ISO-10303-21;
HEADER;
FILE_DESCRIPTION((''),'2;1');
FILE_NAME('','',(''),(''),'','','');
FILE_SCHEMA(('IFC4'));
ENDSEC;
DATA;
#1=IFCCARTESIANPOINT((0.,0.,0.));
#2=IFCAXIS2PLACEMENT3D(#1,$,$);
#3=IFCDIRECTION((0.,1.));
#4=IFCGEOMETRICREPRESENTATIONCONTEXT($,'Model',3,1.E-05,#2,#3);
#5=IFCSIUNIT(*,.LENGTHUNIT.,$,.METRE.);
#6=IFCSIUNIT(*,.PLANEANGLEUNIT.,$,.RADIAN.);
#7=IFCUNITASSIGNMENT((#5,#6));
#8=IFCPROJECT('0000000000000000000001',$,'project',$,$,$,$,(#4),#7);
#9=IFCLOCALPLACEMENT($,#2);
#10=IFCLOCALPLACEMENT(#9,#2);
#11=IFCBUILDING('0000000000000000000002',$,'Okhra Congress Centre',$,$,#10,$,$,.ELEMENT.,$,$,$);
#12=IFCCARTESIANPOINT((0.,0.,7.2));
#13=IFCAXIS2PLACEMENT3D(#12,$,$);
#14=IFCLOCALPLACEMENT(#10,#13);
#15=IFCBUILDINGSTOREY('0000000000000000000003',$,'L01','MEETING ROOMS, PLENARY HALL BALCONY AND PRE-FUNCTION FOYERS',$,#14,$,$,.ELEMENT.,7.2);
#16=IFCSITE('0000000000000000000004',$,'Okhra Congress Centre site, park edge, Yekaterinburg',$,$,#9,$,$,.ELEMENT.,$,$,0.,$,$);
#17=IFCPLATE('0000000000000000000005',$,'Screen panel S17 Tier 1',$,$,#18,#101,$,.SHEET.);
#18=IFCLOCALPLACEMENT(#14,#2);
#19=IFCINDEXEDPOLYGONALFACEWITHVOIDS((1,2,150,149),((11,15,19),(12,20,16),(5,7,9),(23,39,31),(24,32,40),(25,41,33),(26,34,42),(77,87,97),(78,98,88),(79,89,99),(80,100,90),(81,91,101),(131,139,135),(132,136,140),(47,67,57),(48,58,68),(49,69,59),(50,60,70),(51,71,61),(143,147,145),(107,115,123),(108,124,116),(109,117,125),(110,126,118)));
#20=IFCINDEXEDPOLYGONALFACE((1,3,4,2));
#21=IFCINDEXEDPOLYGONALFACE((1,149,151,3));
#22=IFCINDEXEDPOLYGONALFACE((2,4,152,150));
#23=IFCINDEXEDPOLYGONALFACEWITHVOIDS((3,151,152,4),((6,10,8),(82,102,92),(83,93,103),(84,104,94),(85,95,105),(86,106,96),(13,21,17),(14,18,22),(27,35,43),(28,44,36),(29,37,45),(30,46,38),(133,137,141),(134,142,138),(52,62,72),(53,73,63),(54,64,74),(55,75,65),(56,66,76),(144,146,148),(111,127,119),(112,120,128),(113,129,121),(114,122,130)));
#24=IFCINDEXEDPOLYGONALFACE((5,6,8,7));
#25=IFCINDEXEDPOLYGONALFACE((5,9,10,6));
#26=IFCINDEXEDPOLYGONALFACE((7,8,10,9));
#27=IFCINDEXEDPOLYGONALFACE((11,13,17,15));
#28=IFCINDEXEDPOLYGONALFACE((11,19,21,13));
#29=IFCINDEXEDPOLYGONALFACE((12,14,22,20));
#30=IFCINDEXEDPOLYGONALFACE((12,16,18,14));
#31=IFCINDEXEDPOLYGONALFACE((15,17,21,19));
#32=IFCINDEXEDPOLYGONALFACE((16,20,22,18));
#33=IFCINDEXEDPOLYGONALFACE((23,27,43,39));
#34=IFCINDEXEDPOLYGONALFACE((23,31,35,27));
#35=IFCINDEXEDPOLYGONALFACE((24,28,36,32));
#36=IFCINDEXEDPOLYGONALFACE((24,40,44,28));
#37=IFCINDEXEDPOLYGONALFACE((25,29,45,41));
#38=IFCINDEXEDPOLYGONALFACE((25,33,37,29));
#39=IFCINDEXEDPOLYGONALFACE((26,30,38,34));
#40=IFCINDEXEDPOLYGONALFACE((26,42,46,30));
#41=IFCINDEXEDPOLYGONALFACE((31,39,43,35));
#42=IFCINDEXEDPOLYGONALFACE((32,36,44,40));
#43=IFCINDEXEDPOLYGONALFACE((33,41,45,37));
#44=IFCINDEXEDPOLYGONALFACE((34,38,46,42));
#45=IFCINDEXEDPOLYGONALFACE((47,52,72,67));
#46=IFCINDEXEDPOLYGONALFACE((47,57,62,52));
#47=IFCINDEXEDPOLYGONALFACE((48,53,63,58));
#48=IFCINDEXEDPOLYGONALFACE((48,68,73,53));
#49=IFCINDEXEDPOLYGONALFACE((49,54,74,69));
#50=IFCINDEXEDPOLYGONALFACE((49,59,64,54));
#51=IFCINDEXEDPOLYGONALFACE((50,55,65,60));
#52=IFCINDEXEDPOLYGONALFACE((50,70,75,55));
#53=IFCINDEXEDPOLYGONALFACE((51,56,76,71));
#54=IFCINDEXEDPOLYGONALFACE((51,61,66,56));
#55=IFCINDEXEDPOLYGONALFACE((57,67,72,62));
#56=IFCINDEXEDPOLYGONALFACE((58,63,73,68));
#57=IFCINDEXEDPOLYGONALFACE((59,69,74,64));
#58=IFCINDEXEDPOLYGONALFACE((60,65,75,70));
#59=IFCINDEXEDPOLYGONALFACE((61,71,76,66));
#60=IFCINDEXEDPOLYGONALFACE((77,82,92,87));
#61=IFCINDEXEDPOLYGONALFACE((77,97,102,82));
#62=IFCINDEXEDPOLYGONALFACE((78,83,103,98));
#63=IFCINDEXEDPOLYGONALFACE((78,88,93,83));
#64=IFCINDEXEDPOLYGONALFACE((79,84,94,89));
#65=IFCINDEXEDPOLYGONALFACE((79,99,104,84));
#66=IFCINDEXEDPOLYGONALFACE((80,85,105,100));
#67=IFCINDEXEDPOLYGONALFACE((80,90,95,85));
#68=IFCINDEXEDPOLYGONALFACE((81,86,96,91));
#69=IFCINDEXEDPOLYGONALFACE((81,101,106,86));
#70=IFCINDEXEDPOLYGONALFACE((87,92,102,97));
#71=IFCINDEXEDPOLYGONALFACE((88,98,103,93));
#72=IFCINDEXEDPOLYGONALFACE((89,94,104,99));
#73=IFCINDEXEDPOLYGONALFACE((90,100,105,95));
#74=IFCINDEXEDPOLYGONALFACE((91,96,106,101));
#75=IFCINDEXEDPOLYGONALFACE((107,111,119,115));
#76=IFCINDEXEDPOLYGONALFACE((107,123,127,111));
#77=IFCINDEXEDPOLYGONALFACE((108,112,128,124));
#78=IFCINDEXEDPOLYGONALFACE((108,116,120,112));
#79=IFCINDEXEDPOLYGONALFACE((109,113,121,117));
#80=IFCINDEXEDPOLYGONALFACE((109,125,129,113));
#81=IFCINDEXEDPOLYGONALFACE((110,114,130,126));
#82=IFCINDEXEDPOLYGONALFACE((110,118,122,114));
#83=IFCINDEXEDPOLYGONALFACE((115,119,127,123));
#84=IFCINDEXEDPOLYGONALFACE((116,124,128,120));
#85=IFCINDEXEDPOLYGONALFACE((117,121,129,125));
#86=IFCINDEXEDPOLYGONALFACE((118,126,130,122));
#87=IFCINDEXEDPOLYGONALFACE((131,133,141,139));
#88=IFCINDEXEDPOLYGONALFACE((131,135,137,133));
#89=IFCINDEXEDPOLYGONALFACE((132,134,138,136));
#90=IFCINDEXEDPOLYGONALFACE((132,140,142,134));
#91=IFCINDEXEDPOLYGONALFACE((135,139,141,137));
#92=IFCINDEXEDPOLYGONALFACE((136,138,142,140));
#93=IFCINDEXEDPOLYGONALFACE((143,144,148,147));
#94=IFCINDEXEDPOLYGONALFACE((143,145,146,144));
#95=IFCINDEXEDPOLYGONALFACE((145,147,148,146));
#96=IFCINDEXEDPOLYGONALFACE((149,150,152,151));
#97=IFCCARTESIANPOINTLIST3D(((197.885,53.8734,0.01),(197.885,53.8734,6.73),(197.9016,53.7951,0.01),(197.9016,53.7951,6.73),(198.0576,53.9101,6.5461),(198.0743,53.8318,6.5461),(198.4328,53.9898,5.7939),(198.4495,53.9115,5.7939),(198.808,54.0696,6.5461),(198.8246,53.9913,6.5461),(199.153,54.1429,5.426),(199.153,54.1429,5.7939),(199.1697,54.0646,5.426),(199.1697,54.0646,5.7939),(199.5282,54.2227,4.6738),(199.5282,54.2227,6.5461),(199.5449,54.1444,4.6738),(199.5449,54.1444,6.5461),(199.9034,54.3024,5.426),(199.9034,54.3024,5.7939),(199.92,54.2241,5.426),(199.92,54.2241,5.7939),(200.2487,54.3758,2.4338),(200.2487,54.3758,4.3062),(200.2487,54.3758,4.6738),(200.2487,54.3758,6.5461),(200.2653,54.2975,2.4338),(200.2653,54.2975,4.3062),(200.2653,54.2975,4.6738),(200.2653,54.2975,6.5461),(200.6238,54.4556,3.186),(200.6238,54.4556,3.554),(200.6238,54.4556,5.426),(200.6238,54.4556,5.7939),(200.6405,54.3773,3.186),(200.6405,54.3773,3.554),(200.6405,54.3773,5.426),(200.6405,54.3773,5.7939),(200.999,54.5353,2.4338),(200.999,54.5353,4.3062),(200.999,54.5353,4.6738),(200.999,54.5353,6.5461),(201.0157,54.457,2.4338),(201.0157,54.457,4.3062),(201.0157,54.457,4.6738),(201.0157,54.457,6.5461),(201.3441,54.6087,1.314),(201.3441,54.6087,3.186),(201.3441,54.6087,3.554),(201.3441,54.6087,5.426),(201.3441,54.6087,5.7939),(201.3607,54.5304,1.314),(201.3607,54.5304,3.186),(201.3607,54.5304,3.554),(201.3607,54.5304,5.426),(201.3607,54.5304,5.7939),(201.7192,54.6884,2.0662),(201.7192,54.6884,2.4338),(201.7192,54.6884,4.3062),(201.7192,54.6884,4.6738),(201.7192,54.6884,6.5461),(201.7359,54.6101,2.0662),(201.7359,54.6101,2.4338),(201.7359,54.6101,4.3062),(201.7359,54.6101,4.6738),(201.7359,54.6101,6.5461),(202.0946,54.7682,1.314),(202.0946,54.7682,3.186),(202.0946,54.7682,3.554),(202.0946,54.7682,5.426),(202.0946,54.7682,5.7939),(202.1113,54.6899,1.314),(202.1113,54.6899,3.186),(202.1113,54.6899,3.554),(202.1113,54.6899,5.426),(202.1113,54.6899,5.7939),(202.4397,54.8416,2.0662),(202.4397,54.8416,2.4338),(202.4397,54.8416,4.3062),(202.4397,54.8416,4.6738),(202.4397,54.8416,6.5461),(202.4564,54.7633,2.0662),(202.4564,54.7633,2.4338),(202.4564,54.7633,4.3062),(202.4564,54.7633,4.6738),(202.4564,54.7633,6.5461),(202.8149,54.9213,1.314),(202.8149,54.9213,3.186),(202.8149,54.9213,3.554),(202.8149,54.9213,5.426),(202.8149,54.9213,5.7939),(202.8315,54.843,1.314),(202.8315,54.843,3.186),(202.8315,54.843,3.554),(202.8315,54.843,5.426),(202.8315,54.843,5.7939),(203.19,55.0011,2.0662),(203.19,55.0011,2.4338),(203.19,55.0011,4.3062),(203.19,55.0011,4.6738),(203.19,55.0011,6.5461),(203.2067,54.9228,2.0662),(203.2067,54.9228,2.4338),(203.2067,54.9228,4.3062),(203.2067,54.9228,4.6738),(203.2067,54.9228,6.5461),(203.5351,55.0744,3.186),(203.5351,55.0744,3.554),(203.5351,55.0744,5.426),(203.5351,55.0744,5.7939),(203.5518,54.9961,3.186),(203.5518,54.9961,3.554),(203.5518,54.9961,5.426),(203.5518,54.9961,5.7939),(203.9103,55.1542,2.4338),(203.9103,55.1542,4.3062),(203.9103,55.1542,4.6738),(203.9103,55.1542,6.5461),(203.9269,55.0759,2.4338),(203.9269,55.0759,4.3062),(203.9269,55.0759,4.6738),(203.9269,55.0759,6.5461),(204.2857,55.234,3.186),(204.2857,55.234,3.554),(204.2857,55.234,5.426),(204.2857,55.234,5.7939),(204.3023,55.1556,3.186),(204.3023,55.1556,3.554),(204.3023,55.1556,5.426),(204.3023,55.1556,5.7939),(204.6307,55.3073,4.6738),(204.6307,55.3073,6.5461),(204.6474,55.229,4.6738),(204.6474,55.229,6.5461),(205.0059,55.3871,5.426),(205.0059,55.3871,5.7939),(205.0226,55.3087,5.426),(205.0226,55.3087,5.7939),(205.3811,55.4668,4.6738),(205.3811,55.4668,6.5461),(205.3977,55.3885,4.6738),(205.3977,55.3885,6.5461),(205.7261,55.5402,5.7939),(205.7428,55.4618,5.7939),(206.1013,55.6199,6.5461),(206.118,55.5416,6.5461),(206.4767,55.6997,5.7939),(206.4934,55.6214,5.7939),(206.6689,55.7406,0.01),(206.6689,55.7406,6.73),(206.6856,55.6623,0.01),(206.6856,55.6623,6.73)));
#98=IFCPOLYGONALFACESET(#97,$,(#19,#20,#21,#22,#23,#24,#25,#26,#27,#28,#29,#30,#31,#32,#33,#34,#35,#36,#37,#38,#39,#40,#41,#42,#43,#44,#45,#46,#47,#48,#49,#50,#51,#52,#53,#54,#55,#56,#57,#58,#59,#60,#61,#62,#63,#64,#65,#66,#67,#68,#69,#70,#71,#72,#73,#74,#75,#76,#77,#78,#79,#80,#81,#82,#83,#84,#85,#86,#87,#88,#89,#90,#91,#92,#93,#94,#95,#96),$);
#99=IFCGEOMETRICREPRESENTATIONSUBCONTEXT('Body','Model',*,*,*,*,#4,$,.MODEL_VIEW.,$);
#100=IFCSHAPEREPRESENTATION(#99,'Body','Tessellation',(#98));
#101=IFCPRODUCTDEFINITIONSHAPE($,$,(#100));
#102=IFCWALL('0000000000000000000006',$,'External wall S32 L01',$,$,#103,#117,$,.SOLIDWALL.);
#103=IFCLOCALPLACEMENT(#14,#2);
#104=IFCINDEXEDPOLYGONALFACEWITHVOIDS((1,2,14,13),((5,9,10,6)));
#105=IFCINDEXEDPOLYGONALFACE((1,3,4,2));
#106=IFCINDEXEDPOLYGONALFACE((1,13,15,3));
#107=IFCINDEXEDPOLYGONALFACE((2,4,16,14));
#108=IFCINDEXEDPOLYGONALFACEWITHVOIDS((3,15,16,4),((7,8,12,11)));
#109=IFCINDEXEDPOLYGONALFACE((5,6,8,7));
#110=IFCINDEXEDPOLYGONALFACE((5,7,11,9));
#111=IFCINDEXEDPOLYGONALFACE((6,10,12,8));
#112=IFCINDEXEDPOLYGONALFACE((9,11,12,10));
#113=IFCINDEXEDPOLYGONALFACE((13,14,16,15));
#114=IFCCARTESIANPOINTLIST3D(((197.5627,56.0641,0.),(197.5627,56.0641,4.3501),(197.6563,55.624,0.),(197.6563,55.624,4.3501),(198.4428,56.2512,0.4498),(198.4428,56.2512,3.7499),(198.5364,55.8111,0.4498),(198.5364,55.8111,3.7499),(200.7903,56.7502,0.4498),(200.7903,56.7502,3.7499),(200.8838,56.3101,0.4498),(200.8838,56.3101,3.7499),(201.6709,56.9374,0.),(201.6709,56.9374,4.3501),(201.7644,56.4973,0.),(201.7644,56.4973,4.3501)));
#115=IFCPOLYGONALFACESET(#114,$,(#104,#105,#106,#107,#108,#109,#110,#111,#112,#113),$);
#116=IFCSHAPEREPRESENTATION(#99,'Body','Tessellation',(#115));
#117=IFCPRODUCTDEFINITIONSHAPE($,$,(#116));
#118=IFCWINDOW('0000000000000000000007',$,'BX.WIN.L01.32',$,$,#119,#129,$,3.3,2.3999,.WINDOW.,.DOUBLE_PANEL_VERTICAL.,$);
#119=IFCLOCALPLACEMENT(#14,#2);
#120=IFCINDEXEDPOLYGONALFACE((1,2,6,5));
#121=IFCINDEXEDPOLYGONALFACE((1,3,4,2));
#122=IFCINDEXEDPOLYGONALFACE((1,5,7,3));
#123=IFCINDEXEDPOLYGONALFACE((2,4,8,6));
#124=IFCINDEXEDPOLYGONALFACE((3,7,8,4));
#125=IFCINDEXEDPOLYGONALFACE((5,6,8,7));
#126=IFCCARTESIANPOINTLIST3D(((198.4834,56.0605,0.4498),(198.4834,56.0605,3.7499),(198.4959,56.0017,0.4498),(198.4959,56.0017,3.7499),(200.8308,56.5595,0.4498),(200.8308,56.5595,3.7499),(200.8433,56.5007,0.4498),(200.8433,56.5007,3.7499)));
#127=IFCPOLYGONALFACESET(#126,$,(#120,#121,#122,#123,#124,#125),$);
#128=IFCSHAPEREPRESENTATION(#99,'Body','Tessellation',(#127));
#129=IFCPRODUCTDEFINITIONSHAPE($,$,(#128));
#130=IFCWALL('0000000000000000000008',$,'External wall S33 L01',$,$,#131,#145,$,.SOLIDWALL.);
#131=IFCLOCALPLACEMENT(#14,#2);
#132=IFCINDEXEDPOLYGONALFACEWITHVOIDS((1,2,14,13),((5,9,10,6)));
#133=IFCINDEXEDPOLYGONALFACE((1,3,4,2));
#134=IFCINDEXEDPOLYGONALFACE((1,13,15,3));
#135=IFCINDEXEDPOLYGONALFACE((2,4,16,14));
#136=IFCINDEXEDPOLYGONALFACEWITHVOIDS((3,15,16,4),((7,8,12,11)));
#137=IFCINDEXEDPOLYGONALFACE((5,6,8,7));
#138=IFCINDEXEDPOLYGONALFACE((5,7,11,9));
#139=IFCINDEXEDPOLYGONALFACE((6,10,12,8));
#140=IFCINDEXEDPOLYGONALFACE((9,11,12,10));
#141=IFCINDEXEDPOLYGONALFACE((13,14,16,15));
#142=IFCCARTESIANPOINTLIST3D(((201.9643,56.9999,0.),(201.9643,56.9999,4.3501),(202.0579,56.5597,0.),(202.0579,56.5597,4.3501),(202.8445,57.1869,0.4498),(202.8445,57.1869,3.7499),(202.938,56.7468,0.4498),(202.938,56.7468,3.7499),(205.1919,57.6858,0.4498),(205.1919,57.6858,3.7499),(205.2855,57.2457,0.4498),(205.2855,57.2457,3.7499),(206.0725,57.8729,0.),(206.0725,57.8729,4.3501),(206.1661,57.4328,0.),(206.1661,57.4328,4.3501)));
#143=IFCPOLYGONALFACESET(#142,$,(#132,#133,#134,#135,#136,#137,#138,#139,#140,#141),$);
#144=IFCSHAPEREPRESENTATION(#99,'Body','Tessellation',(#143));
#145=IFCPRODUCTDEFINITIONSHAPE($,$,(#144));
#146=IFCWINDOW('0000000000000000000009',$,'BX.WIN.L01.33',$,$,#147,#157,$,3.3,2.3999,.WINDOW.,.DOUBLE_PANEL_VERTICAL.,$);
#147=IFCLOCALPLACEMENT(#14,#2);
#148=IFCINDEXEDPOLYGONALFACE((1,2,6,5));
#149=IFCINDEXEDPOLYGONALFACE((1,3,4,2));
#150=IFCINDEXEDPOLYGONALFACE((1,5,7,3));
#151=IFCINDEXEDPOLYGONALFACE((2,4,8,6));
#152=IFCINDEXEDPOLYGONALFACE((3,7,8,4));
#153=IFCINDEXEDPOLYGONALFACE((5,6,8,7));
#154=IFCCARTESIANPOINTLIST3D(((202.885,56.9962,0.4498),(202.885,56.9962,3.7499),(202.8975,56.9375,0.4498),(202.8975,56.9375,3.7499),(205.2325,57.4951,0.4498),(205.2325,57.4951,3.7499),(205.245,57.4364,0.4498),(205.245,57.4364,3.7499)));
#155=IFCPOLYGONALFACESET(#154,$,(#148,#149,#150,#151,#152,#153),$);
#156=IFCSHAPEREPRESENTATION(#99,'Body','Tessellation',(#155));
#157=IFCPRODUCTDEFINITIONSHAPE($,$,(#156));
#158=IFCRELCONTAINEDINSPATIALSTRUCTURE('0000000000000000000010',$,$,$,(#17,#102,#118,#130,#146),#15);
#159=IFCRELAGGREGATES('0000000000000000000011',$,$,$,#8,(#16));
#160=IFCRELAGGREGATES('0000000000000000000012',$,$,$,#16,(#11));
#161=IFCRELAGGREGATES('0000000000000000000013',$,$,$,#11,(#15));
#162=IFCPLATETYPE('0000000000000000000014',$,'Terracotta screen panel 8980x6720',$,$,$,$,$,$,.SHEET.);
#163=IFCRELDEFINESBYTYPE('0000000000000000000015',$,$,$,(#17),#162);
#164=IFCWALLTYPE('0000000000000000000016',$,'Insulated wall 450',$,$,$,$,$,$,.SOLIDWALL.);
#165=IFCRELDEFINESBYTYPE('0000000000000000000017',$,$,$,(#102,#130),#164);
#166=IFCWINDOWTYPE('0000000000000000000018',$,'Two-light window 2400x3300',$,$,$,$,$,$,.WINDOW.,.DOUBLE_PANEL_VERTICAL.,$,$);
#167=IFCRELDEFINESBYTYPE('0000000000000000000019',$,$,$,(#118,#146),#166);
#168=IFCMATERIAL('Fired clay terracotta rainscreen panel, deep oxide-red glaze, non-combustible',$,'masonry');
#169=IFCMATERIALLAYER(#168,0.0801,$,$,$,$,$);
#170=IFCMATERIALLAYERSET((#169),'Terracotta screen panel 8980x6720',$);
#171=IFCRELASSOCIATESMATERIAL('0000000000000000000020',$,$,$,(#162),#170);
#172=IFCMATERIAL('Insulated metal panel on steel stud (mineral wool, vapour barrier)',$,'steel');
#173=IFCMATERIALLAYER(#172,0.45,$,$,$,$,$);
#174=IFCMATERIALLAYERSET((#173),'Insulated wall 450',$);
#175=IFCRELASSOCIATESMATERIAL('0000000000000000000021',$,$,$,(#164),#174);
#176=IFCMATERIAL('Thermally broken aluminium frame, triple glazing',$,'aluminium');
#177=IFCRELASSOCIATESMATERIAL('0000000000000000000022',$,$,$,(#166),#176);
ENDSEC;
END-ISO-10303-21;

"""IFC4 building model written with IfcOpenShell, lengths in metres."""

from ifc_helpers import new_model, si_unit, direction, frame, frame_2d, origin, place, context, subcontext, project, spatial, polyline, rectangle, outline, extrude, material, layer, layer_set, type_object, element, fill, save


model = new_model("IFC4")

# Units and contexts
model_context = context("Model", 3, precision=1e-05, world=origin(), true_north=direction((0.0, 1.0)))
body_context = subcontext(model_context, "Body", "Model", "MODEL_VIEW")
ifc_project = project(units=[si_unit("LENGTHUNIT", "METRE"), si_unit("PLANEANGLEUNIT", "RADIAN")], contexts=[model_context])

# Site, building, storey
site_placement = place(None, origin())
site = spatial("IfcSite", under=ifc_project, at=site_placement, Name="Okhra Congress Centre site, park edge, Yekaterinburg", CompositionType="ELEMENT", RefElevation=0.0)
building_placement = place(site_placement, origin())
building = spatial("IfcBuilding", under=site, at=building_placement, Name="Okhra Congress Centre", CompositionType="ELEMENT")
storey_placement = place(building_placement, frame((0.0, 0.0, 7.2)))
storey = spatial("IfcBuildingStorey", under=building, at=storey_placement, Name="L01", Description="MEETING ROOMS, PLENARY HALL BALCONY AND PRE-FUNCTION FOYERS", CompositionType="ELEMENT", Elevation=7.2)

# Plate
ifc_material_1 = material(Name="Fired clay terracotta rainscreen panel, deep oxide-red glaze, non-combustible", Category="masonry")
ifc_layer_1 = layer(ifc_material_1, 0.0801)
ifc_layer_set_1 = layer_set([ifc_layer_1], Name="Terracotta screen panel 8980x6720")
plate_type = type_object("IfcPlateType", Name="Terracotta screen panel 8980x6720", PredefinedType="SHEET", material=ifc_layer_set_1)
plate_placement = place(storey_placement, frame((197.8933, 53.8342, 0.01), z_axis=(0.0, 0.0, 1.0), x_axis=(0.978145, 0.207923, 0.0)))
element("IfcPlate", 1, at=plate_placement, inside=storey, type_object=plate_type, Name="Screen panel S17 Tier 1", PredefinedType="SHEET", context=body_context, shape_type="SweptSolid", body=[
    extrude(outline(polyline([(0.0, 0.0), (8.9802, 0.0), (8.9802, 6.72), (0.0, 6.72), (0.0, 0.0)]), holes=[polyline([(3.5364, 1.304), (4.3037, 1.304), (3.9199, 2.0562), (3.5364, 1.304)]), polyline([(4.6565, 2.0562), (5.04, 1.304), (5.4236, 2.0562), (4.6565, 2.0562)]), polyline([(2.4165, 2.4238), (3.1836, 2.4238), (2.8, 3.176), (2.4165, 2.4238)]), polyline([(3.5364, 3.176), (3.9199, 2.4238), (4.3037, 3.176), (3.5364, 3.176)]), polyline([(4.6565, 2.4238), (5.4236, 2.4238), (5.04, 3.176), (4.6565, 2.4238)]), polyline([(5.7764, 3.176), (6.1599, 2.4238), (6.5437, 3.176), (5.7764, 3.176)]), polyline([(2.4165, 4.2961), (2.8, 3.5439), (3.1836, 4.2961), (2.4165, 4.2961)]), polyline([(3.5364, 3.5439), (4.3037, 3.5439), (3.9199, 4.2961), (3.5364, 3.5439)]), polyline([(4.6565, 4.2961), (5.04, 3.5439), (5.4236, 4.2961), (4.6565, 4.2961)]), polyline([(5.7764, 3.5439), (6.5437, 3.5439), (6.1599, 4.2961), (5.7764, 3.5439)]), polyline([(1.2964, 5.416), (1.6799, 4.6638), (2.0635, 5.416), (1.2964, 5.416)]), polyline([(2.4165, 4.6638), (3.1836, 4.6638), (2.8, 5.416), (2.4165, 4.6638)]), polyline([(3.5364, 5.416), (3.9199, 4.6638), (4.3037, 5.416), (3.5364, 5.416)]), polyline([(4.6565, 4.6638), (5.4236, 4.6638), (5.04, 5.416), (4.6565, 4.6638)]), polyline([(5.7764, 5.416), (6.1599, 4.6638), (6.5437, 5.416), (5.7764, 5.416)]), polyline([(6.8965, 4.6638), (7.6636, 4.6638), (7.28, 5.416), (6.8965, 4.6638)]), polyline([(0.1765, 6.5361), (0.5601, 5.7839), (0.9436, 6.5361), (0.1765, 6.5361)]), polyline([(1.2964, 5.7839), (2.0635, 5.7839), (1.6799, 6.5361), (1.2964, 5.7839)]), polyline([(2.4165, 6.5361), (2.8, 5.7839), (3.1836, 6.5361), (2.4165, 6.5361)]), polyline([(3.5364, 5.7839), (4.3037, 5.7839), (3.9199, 6.5361), (3.5364, 5.7839)]), polyline([(4.6565, 6.5361), (5.04, 5.7839), (5.4236, 6.5361), (4.6565, 6.5361)]), polyline([(5.7764, 5.7839), (6.5437, 5.7839), (6.1599, 6.5361), (5.7764, 5.7839)]), polyline([(6.8965, 6.5361), (7.28, 5.7839), (7.6636, 6.5361), (6.8965, 6.5361)]), polyline([(8.0164, 5.7839), (8.7837, 5.7839), (8.3999, 6.5361), (8.0164, 5.7839)])]), frame((0.0, 0.04, 0.0), z_axis=(0.0, -1.0, 0.0), x_axis=(1.0, 0.0, 0.0)), (0.0, 0.0, 1.0), 0.0801),
])

# Walls, openings, windows
ifc_material_2 = material(Name="Insulated metal panel on steel stud (mineral wool, vapour barrier)", Category="steel")
ifc_layer_2 = layer(ifc_material_2, 0.45)
ifc_layer_set_2 = layer_set([ifc_layer_2], Name="Insulated wall 450")
wall_type_1 = type_object("IfcWallType", Name="Insulated wall 450", PredefinedType="SOLIDWALL", material=ifc_layer_set_2)
wall_1_placement = place(storey_placement, frame((197.6094, 55.844, 0.0), z_axis=(0.0, 0.0, 1.0), x_axis=(0.978144, 0.207929, 0.0)))
wall_1 = element("IfcWall", 2, at=wall_1_placement, inside=storey, type_object=wall_type_1, Name="External wall S32 L01", PredefinedType="SOLIDWALL", context=body_context, shape_type="SweptSolid", body=[
    extrude(rectangle(XDim=4.2, YDim=0.45, at=frame_2d((2.1001, 0.0))), origin(), (0.0, 0.0, 1.0), 4.3501),
])
opening_1_placement = place(wall_1_placement, frame((0.8999, 0.0, 0.45)))
opening_1 = element("IfcOpeningElement", 3, at=opening_1_placement, cuts=wall_1, PredefinedType="OPENING", context=body_context, shape_type="SweptSolid", body=[
    extrude(rectangle(XDim=2.3999, YDim=3.3, at=frame_2d((1.2, 1.6499))), frame((0.0, 0.2349, 0.0), z_axis=(0.0, -1.0, 0.0), x_axis=(1.0, 0.0, 0.0)), (0.0, 0.0, 1.0), 0.47),
])
ifc_material_3 = material(Name="Thermally broken aluminium frame, triple glazing", Category="aluminium")
window_type = type_object("IfcWindowType", Name="Two-light window 2400x3300", PartitioningType="DOUBLE_PANEL_VERTICAL", PredefinedType="WINDOW", material=ifc_material_3)
window_1_placement = place(opening_1_placement, origin())
window_1 = element("IfcWindow", 4, at=window_1_placement, inside=storey, type_object=window_type, Name="BX.WIN.L01.32", OverallHeight=3.3, OverallWidth=2.3999, PartitioningType="DOUBLE_PANEL_VERTICAL", PredefinedType="WINDOW", context=body_context, shape_type="SweptSolid", body=[
    extrude(rectangle(XDim=2.3999, YDim=3.3, at=frame_2d((1.2, 1.6499))), frame((0.0, 0.03, 0.0), z_axis=(0.0, -1.0, 0.0), x_axis=(1.0, 0.0, 0.0)), (0.0, 0.0, 1.0), 0.0601),
])
fill(opening_1, window_1)
wall_2_placement = place(storey_placement, frame((202.011, 56.7798, 0.0), z_axis=(0.0, 0.0, 1.0), x_axis=(0.978156, 0.207873, 0.0)))
wall_2 = element("IfcWall", 5, at=wall_2_placement, inside=storey, type_object=wall_type_1, Name="External wall S33 L01", PredefinedType="SOLIDWALL", context=body_context, shape_type="SweptSolid", body=[
    extrude(rectangle(XDim=4.2, YDim=0.45, at=frame_2d((2.1001, 0.0))), origin(), (0.0, 0.0, 1.0), 4.3501),
])
opening_2_placement = place(wall_2_placement, frame((0.8999, 0.0, 0.45)))
opening_2 = element("IfcOpeningElement", 6, at=opening_2_placement, cuts=wall_2, PredefinedType="OPENING", context=body_context, shape_type="SweptSolid", body=[
    extrude(rectangle(XDim=2.3999, YDim=3.3, at=frame_2d((1.2, 1.6499))), frame((0.0, 0.2349, 0.0), z_axis=(0.0, -1.0, 0.0), x_axis=(1.0, 0.0, 0.0)), (0.0, 0.0, 1.0), 0.47),
])
window_2_placement = place(opening_2_placement, origin())
window_2 = element("IfcWindow", 7, at=window_2_placement, inside=storey, type_object=window_type, Name="BX.WIN.L01.33", OverallHeight=3.3, OverallWidth=2.3999, PartitioningType="DOUBLE_PANEL_VERTICAL", PredefinedType="WINDOW", context=body_context, shape_type="SweptSolid", body=[
    extrude(rectangle(XDim=2.3999, YDim=3.3, at=frame_2d((1.2, 1.6499))), frame((0.0, 0.03, 0.0), z_axis=(0.0, -1.0, 0.0), x_axis=(1.0, 0.0, 0.0)), (0.0, 0.0, 1.0), 0.0601),
])
fill(opening_2, window_2)

save(model, "model.ifc")
